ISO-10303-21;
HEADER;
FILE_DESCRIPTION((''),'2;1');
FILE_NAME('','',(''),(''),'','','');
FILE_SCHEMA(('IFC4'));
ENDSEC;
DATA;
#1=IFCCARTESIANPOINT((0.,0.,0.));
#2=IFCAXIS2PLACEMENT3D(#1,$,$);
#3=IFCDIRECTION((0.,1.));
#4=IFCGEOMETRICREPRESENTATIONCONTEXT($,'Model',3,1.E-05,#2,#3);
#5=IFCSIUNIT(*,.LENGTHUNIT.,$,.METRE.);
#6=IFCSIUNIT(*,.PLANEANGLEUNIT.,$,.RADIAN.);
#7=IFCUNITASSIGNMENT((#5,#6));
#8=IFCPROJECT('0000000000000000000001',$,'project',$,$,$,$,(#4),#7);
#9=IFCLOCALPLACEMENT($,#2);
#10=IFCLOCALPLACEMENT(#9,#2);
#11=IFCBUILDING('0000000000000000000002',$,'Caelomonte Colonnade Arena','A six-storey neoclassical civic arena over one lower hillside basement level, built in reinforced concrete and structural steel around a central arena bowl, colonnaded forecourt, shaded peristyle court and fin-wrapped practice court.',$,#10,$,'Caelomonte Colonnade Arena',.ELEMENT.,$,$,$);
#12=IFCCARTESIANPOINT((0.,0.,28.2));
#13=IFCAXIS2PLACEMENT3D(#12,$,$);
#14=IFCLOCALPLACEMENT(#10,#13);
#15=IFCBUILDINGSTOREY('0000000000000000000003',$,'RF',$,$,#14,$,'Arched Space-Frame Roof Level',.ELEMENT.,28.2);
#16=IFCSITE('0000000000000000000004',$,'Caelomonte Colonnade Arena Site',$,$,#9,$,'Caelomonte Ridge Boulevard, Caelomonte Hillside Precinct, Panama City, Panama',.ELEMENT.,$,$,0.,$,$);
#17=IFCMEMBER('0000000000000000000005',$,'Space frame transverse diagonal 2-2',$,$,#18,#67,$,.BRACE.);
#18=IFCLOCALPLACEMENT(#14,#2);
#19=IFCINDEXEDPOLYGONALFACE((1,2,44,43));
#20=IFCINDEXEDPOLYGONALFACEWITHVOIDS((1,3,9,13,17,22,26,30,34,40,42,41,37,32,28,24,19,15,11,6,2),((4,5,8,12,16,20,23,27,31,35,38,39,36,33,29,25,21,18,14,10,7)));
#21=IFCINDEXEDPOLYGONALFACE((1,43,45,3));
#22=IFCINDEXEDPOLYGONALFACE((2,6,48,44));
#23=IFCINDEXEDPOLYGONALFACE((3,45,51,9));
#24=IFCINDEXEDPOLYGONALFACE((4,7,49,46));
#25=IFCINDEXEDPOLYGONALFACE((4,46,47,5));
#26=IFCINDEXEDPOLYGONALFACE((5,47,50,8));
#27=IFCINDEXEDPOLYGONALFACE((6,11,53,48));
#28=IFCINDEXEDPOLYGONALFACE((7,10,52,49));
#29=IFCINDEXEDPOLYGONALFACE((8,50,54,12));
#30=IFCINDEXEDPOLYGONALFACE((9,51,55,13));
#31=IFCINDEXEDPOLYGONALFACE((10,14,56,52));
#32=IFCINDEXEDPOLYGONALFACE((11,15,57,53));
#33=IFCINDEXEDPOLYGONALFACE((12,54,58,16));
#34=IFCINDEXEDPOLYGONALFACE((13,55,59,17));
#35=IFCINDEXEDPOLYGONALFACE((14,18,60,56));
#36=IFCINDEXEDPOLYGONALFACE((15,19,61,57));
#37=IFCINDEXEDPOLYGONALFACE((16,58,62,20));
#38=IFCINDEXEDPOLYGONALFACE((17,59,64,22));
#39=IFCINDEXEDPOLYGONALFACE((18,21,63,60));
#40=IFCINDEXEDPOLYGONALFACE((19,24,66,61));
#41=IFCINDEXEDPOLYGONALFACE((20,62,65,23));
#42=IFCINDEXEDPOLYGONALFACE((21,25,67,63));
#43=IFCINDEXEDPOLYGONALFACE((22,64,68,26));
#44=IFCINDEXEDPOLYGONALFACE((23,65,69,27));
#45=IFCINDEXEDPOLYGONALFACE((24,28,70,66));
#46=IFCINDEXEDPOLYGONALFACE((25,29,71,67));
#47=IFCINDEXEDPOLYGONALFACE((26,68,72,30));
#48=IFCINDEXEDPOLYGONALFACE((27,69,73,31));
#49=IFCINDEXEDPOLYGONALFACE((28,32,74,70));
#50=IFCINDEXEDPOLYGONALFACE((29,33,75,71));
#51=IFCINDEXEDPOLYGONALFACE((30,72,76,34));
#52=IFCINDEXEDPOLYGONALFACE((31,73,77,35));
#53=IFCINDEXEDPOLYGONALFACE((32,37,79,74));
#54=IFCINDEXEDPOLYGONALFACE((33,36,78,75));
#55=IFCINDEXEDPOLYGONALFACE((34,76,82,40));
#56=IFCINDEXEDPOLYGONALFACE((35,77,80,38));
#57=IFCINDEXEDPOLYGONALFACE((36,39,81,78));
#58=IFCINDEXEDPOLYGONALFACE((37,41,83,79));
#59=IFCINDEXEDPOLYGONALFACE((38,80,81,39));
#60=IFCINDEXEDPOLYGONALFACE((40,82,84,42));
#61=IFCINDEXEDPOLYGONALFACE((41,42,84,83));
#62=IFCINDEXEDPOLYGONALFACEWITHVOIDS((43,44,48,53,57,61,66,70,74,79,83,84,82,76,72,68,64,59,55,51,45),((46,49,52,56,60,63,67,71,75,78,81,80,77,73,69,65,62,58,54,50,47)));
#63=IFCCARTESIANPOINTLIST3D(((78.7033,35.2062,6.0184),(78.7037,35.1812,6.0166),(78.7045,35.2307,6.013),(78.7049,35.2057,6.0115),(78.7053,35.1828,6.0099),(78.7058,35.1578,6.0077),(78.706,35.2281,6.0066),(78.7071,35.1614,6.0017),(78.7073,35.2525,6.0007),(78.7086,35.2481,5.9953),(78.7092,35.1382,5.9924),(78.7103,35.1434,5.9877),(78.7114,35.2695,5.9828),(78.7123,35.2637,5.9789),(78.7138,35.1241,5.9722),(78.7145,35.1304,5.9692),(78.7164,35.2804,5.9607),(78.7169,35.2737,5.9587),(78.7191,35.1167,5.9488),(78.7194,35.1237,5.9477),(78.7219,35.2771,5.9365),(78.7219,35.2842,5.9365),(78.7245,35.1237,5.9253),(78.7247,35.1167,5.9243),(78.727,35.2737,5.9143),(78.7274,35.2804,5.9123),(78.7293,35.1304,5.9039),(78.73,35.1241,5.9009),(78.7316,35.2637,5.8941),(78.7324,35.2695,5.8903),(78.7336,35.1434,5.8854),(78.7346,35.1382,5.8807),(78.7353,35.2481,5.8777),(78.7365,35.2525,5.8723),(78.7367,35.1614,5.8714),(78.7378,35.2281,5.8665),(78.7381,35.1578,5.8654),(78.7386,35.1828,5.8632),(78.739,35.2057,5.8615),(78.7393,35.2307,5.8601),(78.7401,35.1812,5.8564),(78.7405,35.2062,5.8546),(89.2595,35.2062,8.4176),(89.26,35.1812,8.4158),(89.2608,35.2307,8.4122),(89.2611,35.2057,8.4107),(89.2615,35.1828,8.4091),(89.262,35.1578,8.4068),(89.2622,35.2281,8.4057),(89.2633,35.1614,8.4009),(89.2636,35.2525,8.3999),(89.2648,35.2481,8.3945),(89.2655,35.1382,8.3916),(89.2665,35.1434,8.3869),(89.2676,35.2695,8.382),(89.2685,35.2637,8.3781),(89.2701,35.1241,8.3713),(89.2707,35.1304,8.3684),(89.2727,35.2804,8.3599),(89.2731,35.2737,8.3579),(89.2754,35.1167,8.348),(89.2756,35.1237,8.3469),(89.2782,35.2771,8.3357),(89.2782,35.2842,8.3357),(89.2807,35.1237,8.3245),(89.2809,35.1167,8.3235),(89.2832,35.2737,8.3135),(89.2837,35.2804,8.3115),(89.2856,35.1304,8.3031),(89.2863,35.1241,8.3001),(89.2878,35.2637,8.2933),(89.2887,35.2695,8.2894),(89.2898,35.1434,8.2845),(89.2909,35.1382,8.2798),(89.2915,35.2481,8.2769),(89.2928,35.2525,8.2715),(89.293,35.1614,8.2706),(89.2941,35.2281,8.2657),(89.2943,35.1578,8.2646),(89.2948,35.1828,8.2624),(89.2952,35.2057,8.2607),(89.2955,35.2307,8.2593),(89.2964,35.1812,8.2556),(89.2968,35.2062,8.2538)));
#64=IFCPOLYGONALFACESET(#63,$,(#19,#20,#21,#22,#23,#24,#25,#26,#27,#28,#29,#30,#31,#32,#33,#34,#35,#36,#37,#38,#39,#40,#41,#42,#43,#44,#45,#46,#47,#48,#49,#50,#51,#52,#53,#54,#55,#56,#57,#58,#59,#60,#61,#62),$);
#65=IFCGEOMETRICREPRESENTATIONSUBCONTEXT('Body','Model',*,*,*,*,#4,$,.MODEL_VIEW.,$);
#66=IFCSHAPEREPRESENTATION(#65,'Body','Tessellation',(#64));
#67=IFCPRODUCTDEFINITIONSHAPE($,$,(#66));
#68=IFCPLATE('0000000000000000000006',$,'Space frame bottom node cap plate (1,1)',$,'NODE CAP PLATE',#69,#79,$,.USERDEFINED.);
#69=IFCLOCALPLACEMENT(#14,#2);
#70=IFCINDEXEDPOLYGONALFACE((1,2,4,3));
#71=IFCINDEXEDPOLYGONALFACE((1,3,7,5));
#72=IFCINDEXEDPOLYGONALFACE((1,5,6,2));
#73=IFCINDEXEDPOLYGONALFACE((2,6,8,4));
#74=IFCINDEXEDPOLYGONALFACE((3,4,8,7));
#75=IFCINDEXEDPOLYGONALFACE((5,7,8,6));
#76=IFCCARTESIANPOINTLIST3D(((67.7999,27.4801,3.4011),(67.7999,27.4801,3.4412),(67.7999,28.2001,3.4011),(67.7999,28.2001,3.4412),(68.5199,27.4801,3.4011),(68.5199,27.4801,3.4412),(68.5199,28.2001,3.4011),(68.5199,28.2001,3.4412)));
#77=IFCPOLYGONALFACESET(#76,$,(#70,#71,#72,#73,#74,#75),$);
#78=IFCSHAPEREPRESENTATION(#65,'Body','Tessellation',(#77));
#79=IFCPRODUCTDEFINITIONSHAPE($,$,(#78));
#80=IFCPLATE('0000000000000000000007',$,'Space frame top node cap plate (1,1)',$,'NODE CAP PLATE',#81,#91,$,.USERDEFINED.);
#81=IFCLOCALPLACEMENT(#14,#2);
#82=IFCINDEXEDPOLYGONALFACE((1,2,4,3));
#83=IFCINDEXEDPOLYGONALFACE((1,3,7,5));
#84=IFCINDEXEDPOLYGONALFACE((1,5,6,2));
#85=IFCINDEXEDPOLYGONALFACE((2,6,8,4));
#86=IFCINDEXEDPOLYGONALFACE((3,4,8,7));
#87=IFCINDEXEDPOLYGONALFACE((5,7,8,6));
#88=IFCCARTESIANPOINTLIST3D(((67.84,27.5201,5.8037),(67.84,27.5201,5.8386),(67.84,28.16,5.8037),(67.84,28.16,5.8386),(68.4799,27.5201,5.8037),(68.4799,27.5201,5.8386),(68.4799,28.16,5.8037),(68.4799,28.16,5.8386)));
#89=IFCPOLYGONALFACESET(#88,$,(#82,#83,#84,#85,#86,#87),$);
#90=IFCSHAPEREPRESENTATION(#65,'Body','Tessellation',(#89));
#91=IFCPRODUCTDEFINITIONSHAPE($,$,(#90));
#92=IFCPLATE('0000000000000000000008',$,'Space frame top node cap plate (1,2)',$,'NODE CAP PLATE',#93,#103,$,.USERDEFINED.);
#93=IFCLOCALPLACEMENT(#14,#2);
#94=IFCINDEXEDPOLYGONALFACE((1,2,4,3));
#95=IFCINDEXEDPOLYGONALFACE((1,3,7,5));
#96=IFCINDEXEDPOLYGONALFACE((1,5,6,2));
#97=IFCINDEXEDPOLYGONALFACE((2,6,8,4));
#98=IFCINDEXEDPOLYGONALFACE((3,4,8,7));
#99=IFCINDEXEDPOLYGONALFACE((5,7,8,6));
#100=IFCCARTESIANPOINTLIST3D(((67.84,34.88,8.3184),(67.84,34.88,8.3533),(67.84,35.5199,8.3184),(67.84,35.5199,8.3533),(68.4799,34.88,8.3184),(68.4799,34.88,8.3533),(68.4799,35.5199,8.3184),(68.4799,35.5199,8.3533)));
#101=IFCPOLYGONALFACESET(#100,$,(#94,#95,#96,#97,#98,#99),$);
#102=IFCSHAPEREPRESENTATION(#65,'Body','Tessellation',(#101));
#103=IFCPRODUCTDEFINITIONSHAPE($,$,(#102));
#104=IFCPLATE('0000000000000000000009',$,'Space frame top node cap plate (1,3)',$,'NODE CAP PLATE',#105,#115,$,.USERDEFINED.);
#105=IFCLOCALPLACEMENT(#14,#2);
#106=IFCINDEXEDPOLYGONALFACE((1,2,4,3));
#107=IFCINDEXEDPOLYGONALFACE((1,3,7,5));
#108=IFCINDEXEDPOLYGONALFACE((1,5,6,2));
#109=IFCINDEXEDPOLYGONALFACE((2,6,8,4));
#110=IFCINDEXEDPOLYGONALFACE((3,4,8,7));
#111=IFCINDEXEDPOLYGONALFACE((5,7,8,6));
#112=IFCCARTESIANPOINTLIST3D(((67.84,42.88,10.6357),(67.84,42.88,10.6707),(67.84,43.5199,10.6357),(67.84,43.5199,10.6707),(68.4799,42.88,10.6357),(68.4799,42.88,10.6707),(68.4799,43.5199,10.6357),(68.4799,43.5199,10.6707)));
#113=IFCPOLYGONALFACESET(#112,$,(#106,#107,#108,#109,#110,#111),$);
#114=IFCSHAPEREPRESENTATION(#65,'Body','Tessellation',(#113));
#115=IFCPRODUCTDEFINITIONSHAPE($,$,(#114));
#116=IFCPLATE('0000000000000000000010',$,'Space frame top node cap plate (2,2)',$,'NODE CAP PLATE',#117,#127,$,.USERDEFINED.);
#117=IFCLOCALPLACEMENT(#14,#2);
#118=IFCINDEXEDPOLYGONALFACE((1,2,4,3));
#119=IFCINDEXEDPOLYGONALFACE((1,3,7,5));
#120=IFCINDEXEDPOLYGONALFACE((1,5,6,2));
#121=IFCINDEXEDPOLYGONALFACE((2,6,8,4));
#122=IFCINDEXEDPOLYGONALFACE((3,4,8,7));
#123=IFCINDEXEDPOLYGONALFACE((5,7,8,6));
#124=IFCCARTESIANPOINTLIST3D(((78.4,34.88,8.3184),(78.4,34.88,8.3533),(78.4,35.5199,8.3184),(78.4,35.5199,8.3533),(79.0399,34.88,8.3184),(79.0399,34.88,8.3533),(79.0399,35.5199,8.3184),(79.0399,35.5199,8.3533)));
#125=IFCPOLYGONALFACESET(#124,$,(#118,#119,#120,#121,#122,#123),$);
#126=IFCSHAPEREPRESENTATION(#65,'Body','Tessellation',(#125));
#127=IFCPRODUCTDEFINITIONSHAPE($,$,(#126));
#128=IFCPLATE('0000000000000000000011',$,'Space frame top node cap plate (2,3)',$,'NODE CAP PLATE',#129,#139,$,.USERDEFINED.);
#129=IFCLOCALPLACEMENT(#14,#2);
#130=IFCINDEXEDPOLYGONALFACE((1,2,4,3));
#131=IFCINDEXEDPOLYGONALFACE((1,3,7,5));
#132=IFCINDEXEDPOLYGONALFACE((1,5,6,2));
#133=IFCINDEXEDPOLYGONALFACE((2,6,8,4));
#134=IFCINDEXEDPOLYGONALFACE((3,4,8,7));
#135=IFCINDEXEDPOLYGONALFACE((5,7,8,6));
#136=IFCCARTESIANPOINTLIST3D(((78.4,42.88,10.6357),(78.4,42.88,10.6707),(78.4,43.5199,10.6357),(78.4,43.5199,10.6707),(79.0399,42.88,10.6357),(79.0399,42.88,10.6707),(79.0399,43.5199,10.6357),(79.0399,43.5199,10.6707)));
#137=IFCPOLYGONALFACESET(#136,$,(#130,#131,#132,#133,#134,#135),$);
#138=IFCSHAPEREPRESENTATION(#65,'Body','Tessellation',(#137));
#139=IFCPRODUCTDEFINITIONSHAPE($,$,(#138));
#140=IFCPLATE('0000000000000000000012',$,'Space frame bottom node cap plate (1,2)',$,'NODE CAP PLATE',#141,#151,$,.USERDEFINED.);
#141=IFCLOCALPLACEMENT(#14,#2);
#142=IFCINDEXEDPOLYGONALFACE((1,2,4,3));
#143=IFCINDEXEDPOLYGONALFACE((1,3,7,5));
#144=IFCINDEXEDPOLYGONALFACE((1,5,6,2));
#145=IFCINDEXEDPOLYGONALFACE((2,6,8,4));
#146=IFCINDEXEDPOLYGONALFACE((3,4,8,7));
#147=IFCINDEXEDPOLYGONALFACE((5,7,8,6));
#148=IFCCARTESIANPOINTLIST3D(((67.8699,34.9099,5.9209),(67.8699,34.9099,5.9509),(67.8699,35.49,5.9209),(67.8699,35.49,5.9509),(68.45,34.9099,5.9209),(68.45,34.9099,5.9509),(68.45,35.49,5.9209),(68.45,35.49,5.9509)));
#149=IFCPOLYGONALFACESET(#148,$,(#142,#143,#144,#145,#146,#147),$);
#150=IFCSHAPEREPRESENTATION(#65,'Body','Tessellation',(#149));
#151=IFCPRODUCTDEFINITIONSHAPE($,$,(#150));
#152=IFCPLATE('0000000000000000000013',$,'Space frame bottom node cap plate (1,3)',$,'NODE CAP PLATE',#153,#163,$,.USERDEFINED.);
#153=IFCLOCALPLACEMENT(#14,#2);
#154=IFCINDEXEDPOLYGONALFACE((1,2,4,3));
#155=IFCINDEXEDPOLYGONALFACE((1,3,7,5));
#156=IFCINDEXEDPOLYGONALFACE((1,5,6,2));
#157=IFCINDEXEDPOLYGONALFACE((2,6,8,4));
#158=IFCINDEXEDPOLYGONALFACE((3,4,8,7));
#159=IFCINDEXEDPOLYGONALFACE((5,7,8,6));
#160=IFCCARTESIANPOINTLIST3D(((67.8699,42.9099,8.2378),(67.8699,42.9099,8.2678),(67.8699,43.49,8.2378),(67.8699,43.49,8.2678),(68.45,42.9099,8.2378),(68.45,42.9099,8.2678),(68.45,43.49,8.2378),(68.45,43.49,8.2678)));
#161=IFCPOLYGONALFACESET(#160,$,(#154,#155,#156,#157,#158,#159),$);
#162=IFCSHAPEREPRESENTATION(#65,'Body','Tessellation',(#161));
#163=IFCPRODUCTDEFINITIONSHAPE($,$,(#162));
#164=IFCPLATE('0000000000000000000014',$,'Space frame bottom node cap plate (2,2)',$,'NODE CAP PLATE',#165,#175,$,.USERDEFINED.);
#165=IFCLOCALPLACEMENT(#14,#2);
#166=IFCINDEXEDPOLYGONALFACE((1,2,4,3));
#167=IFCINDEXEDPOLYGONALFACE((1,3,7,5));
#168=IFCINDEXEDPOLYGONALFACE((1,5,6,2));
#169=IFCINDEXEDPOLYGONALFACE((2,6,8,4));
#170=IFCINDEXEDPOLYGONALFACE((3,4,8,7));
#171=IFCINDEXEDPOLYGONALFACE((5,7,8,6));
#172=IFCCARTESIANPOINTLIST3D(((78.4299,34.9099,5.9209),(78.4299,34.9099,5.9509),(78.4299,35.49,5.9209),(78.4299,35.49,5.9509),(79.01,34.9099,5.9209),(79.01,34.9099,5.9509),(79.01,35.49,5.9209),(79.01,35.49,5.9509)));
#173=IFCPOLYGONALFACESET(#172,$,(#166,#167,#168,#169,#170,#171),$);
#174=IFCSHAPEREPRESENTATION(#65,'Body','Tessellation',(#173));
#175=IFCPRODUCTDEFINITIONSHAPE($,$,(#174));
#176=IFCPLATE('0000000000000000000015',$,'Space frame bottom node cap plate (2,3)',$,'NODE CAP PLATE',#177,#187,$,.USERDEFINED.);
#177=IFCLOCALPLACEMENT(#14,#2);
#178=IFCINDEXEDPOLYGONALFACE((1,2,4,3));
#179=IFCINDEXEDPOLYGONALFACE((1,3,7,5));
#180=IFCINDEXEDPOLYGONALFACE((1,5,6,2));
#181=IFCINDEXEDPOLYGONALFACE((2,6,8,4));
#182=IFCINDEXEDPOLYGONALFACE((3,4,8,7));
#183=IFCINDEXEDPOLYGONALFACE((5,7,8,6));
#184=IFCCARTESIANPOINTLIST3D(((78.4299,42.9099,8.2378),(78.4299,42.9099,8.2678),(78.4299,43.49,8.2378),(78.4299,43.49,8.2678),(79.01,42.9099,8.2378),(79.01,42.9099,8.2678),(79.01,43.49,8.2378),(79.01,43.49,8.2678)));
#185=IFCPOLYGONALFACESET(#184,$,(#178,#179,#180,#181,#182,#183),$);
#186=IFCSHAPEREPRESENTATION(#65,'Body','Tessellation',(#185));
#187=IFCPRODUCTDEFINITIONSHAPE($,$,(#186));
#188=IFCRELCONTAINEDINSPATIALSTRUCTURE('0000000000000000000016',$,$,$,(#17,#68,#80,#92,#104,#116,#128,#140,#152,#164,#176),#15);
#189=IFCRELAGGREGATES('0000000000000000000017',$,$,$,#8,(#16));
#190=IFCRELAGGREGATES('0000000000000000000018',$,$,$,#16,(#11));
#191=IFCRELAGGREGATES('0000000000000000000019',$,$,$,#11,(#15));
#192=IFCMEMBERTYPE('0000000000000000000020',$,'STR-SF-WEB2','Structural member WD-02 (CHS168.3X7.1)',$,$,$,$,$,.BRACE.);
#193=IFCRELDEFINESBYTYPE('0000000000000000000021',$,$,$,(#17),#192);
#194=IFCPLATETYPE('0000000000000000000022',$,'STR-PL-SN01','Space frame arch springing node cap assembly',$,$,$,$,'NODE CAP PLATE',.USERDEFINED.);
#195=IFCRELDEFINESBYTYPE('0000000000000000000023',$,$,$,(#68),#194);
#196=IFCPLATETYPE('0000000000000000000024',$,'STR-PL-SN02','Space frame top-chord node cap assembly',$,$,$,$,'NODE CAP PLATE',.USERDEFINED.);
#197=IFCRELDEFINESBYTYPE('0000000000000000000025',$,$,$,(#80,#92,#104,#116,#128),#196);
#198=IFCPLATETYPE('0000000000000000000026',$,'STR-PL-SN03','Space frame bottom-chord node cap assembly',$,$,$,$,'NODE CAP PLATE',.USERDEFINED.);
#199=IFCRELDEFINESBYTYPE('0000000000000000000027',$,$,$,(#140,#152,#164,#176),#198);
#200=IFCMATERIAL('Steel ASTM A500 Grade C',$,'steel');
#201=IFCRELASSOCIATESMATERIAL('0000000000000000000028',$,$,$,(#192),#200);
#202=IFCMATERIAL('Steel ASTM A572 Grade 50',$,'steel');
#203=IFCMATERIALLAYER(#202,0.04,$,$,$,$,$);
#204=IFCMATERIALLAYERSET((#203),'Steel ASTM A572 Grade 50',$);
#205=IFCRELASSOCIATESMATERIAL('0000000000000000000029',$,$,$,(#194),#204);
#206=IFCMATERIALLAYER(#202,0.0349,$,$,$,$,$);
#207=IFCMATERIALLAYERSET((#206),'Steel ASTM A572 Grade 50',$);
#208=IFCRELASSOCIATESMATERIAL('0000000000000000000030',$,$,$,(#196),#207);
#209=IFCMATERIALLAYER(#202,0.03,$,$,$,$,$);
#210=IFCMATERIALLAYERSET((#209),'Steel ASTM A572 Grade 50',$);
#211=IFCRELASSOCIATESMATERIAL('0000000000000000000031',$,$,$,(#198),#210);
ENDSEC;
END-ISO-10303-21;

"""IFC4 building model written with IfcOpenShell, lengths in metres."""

from ifc_helpers import new_model, si_unit, direction, frame, origin, origin_2d, place, context, subcontext, project, spatial, rectangle, hollow_circle, extrude, material, layer, layer_set, material_profile, profile_set, type_object, element, save


model = new_model("IFC4")

# Units and contexts
model_context = context("Model", 3, precision=1e-05, world=origin(), true_north=direction((0.0, 1.0)))
body_context = subcontext(model_context, "Body", "Model", "MODEL_VIEW")
ifc_project = project(units=[si_unit("LENGTHUNIT", "METRE"), si_unit("PLANEANGLEUNIT", "RADIAN")], contexts=[model_context])

# Site, building, storey
site_placement = place(None, origin())
site = spatial("IfcSite", under=ifc_project, at=site_placement, Name="Caelomonte Colonnade Arena Site", LongName="Caelomonte Ridge Boulevard, Caelomonte Hillside Precinct, Panama City, Panama", CompositionType="ELEMENT", RefElevation=0.0)
building_placement = place(site_placement, origin())
building = spatial("IfcBuilding", under=site, at=building_placement, Name="Caelomonte Colonnade Arena", Description="A six-storey neoclassical civic arena over one lower hillside basement level, built in reinforced concrete and structural steel around a central arena bowl, colonnaded forecourt, shaded peristyle court and fin-wrapped practice court.", LongName="Caelomonte Colonnade Arena", CompositionType="ELEMENT")
storey_placement = place(building_placement, frame((0.0, 0.0, 28.2)))
storey = spatial("IfcBuildingStorey", under=building, at=storey_placement, Name="RF", LongName="Arched Space-Frame Roof Level", CompositionType="ELEMENT", Elevation=28.2)

# Member
ifc_material_1 = material(Name="Steel ASTM A500 Grade C", Category="steel")
ifc_material_profile_1 = material_profile(ifc_material_1, hollow_circle(Radius=0.0842, WallThickness=0.0071, at=origin_2d()), Name="CHS168.3X7.1")
ifc_profile_set_1 = profile_set([ifc_material_profile_1], Name="Steel ASTM A500 Grade C")
member_type_1 = type_object("IfcMemberType", Name="STR-SF-WEB2", Description="Structural member WD-02 (CHS168.3X7.1)", PredefinedType="BRACE", material=ifc_profile_set_1)
member_1_placement = place(storey_placement, frame((78.7219, 35.2, 5.9365), z_axis=(0.975132, 0.0, 0.221625), x_axis=(0.0, 1.0, 0.0)))
element("IfcMember", 1, at=member_1_placement, inside=storey, type_object=member_type_1, Name="Space frame transverse diagonal 2-2", PredefinedType="BRACE", context=body_context, shape_type="SweptSolid", body=[
    extrude(hollow_circle(Radius=0.0842, WallThickness=0.0071, at=origin_2d()), origin(), (0.0, 0.0, 1.0), 10.8254),
])

# Plates
ifc_material_2 = material(Name="Steel ASTM A572 Grade 50", Category="steel")
ifc_layer_1 = layer(ifc_material_2, 0.04)
ifc_layer_set_1 = layer_set([ifc_layer_1], Name="Steel ASTM A572 Grade 50")
plate_type_1 = type_object("IfcPlateType", Name="STR-PL-SN01", Description="Space frame arch springing node cap assembly", ElementType="NODE CAP PLATE", PredefinedType="USERDEFINED", material=ifc_layer_set_1)
plate_placement = place(storey_placement, frame((68.1599, 27.8401, 3.4011), z_axis=(0.0, 0.0, 1.0), x_axis=(1.0, 0.0, 0.0)))
element("IfcPlate", 2, at=plate_placement, inside=storey, type_object=plate_type_1, Name="Space frame bottom node cap plate (1,1)", ObjectType="NODE CAP PLATE", PredefinedType="USERDEFINED", context=body_context, shape_type="SweptSolid", body=[
    extrude(rectangle(XDim=0.72, YDim=0.72, at=origin_2d()), origin(), (0.0, 0.0, 1.0), 0.04),
])
ifc_layer_2 = layer(ifc_material_2, 0.0349)
ifc_layer_set_2 = layer_set([ifc_layer_2], Name="Steel ASTM A572 Grade 50")
plate_type_2 = type_object("IfcPlateType", Name="STR-PL-SN02", Description="Space frame top-chord node cap assembly", ElementType="NODE CAP PLATE", PredefinedType="USERDEFINED", material=ifc_layer_set_2)
for number, where, z_axis, x_axis, name in (
    (3, (68.1599, 27.8401, 5.8037), (0.0, 0.0, 1.0), (1.0, 0.0, 0.0), "Space frame top node cap plate (1,1)"),
    (4, (68.1599, 35.2, 8.3184), (0.0, 0.0, 1.0), (1.0, 0.0, 0.0), "Space frame top node cap plate (1,2)"),
    (5, (68.1599, 43.2, 10.6357), (0.0, 0.0, 1.0), (1.0, 0.0, 0.0), "Space frame top node cap plate (1,3)"),
    (6, (78.72, 35.2, 8.3184), (0.0, 0.0, 1.0), (1.0, 0.0, 0.0), "Space frame top node cap plate (2,2)"),
    (7, (78.72, 43.2, 10.6357), (0.0, 0.0, 1.0), (1.0, 0.0, 0.0), "Space frame top node cap plate (2,3)"),
):
    element("IfcPlate", number, at=place(storey_placement, frame(where, z_axis=z_axis, x_axis=x_axis)), inside=storey, type_object=plate_type_2, Name=name, ObjectType="NODE CAP PLATE", PredefinedType="USERDEFINED", context=body_context, shape_type="SweptSolid", body=[
        extrude(rectangle(XDim=0.6399, YDim=0.6399, at=origin_2d()), origin(), (0.0, 0.0, 1.0), 0.0349),
    ])
ifc_layer_3 = layer(ifc_material_2, 0.03)
ifc_layer_set_3 = layer_set([ifc_layer_3], Name="Steel ASTM A572 Grade 50")
plate_type_3 = type_object("IfcPlateType", Name="STR-PL-SN03", Description="Space frame bottom-chord node cap assembly", ElementType="NODE CAP PLATE", PredefinedType="USERDEFINED", material=ifc_layer_set_3)
for number, where, z_axis, x_axis, name in (
    (8, (68.1599, 35.2, 5.9209), (0.0, 0.0, 1.0), (1.0, 0.0, 0.0), "Space frame bottom node cap plate (1,2)"),
    (9, (68.1599, 43.2, 8.2378), (0.0, 0.0, 1.0), (1.0, 0.0, 0.0), "Space frame bottom node cap plate (1,3)"),
    (10, (78.72, 35.2, 5.9209), (0.0, 0.0, 1.0), (1.0, 0.0, 0.0), "Space frame bottom node cap plate (2,2)"),
    (11, (78.72, 43.2, 8.2378), (0.0, 0.0, 1.0), (1.0, 0.0, 0.0), "Space frame bottom node cap plate (2,3)"),
):
    element("IfcPlate", number, at=place(storey_placement, frame(where, z_axis=z_axis, x_axis=x_axis)), inside=storey, type_object=plate_type_3, Name=name, ObjectType="NODE CAP PLATE", PredefinedType="USERDEFINED", context=body_context, shape_type="SweptSolid", body=[
        extrude(rectangle(XDim=0.5801, YDim=0.5801, at=origin_2d()), origin(), (0.0, 0.0, 1.0), 0.03),
    ])

save(model, "model.ifc")
